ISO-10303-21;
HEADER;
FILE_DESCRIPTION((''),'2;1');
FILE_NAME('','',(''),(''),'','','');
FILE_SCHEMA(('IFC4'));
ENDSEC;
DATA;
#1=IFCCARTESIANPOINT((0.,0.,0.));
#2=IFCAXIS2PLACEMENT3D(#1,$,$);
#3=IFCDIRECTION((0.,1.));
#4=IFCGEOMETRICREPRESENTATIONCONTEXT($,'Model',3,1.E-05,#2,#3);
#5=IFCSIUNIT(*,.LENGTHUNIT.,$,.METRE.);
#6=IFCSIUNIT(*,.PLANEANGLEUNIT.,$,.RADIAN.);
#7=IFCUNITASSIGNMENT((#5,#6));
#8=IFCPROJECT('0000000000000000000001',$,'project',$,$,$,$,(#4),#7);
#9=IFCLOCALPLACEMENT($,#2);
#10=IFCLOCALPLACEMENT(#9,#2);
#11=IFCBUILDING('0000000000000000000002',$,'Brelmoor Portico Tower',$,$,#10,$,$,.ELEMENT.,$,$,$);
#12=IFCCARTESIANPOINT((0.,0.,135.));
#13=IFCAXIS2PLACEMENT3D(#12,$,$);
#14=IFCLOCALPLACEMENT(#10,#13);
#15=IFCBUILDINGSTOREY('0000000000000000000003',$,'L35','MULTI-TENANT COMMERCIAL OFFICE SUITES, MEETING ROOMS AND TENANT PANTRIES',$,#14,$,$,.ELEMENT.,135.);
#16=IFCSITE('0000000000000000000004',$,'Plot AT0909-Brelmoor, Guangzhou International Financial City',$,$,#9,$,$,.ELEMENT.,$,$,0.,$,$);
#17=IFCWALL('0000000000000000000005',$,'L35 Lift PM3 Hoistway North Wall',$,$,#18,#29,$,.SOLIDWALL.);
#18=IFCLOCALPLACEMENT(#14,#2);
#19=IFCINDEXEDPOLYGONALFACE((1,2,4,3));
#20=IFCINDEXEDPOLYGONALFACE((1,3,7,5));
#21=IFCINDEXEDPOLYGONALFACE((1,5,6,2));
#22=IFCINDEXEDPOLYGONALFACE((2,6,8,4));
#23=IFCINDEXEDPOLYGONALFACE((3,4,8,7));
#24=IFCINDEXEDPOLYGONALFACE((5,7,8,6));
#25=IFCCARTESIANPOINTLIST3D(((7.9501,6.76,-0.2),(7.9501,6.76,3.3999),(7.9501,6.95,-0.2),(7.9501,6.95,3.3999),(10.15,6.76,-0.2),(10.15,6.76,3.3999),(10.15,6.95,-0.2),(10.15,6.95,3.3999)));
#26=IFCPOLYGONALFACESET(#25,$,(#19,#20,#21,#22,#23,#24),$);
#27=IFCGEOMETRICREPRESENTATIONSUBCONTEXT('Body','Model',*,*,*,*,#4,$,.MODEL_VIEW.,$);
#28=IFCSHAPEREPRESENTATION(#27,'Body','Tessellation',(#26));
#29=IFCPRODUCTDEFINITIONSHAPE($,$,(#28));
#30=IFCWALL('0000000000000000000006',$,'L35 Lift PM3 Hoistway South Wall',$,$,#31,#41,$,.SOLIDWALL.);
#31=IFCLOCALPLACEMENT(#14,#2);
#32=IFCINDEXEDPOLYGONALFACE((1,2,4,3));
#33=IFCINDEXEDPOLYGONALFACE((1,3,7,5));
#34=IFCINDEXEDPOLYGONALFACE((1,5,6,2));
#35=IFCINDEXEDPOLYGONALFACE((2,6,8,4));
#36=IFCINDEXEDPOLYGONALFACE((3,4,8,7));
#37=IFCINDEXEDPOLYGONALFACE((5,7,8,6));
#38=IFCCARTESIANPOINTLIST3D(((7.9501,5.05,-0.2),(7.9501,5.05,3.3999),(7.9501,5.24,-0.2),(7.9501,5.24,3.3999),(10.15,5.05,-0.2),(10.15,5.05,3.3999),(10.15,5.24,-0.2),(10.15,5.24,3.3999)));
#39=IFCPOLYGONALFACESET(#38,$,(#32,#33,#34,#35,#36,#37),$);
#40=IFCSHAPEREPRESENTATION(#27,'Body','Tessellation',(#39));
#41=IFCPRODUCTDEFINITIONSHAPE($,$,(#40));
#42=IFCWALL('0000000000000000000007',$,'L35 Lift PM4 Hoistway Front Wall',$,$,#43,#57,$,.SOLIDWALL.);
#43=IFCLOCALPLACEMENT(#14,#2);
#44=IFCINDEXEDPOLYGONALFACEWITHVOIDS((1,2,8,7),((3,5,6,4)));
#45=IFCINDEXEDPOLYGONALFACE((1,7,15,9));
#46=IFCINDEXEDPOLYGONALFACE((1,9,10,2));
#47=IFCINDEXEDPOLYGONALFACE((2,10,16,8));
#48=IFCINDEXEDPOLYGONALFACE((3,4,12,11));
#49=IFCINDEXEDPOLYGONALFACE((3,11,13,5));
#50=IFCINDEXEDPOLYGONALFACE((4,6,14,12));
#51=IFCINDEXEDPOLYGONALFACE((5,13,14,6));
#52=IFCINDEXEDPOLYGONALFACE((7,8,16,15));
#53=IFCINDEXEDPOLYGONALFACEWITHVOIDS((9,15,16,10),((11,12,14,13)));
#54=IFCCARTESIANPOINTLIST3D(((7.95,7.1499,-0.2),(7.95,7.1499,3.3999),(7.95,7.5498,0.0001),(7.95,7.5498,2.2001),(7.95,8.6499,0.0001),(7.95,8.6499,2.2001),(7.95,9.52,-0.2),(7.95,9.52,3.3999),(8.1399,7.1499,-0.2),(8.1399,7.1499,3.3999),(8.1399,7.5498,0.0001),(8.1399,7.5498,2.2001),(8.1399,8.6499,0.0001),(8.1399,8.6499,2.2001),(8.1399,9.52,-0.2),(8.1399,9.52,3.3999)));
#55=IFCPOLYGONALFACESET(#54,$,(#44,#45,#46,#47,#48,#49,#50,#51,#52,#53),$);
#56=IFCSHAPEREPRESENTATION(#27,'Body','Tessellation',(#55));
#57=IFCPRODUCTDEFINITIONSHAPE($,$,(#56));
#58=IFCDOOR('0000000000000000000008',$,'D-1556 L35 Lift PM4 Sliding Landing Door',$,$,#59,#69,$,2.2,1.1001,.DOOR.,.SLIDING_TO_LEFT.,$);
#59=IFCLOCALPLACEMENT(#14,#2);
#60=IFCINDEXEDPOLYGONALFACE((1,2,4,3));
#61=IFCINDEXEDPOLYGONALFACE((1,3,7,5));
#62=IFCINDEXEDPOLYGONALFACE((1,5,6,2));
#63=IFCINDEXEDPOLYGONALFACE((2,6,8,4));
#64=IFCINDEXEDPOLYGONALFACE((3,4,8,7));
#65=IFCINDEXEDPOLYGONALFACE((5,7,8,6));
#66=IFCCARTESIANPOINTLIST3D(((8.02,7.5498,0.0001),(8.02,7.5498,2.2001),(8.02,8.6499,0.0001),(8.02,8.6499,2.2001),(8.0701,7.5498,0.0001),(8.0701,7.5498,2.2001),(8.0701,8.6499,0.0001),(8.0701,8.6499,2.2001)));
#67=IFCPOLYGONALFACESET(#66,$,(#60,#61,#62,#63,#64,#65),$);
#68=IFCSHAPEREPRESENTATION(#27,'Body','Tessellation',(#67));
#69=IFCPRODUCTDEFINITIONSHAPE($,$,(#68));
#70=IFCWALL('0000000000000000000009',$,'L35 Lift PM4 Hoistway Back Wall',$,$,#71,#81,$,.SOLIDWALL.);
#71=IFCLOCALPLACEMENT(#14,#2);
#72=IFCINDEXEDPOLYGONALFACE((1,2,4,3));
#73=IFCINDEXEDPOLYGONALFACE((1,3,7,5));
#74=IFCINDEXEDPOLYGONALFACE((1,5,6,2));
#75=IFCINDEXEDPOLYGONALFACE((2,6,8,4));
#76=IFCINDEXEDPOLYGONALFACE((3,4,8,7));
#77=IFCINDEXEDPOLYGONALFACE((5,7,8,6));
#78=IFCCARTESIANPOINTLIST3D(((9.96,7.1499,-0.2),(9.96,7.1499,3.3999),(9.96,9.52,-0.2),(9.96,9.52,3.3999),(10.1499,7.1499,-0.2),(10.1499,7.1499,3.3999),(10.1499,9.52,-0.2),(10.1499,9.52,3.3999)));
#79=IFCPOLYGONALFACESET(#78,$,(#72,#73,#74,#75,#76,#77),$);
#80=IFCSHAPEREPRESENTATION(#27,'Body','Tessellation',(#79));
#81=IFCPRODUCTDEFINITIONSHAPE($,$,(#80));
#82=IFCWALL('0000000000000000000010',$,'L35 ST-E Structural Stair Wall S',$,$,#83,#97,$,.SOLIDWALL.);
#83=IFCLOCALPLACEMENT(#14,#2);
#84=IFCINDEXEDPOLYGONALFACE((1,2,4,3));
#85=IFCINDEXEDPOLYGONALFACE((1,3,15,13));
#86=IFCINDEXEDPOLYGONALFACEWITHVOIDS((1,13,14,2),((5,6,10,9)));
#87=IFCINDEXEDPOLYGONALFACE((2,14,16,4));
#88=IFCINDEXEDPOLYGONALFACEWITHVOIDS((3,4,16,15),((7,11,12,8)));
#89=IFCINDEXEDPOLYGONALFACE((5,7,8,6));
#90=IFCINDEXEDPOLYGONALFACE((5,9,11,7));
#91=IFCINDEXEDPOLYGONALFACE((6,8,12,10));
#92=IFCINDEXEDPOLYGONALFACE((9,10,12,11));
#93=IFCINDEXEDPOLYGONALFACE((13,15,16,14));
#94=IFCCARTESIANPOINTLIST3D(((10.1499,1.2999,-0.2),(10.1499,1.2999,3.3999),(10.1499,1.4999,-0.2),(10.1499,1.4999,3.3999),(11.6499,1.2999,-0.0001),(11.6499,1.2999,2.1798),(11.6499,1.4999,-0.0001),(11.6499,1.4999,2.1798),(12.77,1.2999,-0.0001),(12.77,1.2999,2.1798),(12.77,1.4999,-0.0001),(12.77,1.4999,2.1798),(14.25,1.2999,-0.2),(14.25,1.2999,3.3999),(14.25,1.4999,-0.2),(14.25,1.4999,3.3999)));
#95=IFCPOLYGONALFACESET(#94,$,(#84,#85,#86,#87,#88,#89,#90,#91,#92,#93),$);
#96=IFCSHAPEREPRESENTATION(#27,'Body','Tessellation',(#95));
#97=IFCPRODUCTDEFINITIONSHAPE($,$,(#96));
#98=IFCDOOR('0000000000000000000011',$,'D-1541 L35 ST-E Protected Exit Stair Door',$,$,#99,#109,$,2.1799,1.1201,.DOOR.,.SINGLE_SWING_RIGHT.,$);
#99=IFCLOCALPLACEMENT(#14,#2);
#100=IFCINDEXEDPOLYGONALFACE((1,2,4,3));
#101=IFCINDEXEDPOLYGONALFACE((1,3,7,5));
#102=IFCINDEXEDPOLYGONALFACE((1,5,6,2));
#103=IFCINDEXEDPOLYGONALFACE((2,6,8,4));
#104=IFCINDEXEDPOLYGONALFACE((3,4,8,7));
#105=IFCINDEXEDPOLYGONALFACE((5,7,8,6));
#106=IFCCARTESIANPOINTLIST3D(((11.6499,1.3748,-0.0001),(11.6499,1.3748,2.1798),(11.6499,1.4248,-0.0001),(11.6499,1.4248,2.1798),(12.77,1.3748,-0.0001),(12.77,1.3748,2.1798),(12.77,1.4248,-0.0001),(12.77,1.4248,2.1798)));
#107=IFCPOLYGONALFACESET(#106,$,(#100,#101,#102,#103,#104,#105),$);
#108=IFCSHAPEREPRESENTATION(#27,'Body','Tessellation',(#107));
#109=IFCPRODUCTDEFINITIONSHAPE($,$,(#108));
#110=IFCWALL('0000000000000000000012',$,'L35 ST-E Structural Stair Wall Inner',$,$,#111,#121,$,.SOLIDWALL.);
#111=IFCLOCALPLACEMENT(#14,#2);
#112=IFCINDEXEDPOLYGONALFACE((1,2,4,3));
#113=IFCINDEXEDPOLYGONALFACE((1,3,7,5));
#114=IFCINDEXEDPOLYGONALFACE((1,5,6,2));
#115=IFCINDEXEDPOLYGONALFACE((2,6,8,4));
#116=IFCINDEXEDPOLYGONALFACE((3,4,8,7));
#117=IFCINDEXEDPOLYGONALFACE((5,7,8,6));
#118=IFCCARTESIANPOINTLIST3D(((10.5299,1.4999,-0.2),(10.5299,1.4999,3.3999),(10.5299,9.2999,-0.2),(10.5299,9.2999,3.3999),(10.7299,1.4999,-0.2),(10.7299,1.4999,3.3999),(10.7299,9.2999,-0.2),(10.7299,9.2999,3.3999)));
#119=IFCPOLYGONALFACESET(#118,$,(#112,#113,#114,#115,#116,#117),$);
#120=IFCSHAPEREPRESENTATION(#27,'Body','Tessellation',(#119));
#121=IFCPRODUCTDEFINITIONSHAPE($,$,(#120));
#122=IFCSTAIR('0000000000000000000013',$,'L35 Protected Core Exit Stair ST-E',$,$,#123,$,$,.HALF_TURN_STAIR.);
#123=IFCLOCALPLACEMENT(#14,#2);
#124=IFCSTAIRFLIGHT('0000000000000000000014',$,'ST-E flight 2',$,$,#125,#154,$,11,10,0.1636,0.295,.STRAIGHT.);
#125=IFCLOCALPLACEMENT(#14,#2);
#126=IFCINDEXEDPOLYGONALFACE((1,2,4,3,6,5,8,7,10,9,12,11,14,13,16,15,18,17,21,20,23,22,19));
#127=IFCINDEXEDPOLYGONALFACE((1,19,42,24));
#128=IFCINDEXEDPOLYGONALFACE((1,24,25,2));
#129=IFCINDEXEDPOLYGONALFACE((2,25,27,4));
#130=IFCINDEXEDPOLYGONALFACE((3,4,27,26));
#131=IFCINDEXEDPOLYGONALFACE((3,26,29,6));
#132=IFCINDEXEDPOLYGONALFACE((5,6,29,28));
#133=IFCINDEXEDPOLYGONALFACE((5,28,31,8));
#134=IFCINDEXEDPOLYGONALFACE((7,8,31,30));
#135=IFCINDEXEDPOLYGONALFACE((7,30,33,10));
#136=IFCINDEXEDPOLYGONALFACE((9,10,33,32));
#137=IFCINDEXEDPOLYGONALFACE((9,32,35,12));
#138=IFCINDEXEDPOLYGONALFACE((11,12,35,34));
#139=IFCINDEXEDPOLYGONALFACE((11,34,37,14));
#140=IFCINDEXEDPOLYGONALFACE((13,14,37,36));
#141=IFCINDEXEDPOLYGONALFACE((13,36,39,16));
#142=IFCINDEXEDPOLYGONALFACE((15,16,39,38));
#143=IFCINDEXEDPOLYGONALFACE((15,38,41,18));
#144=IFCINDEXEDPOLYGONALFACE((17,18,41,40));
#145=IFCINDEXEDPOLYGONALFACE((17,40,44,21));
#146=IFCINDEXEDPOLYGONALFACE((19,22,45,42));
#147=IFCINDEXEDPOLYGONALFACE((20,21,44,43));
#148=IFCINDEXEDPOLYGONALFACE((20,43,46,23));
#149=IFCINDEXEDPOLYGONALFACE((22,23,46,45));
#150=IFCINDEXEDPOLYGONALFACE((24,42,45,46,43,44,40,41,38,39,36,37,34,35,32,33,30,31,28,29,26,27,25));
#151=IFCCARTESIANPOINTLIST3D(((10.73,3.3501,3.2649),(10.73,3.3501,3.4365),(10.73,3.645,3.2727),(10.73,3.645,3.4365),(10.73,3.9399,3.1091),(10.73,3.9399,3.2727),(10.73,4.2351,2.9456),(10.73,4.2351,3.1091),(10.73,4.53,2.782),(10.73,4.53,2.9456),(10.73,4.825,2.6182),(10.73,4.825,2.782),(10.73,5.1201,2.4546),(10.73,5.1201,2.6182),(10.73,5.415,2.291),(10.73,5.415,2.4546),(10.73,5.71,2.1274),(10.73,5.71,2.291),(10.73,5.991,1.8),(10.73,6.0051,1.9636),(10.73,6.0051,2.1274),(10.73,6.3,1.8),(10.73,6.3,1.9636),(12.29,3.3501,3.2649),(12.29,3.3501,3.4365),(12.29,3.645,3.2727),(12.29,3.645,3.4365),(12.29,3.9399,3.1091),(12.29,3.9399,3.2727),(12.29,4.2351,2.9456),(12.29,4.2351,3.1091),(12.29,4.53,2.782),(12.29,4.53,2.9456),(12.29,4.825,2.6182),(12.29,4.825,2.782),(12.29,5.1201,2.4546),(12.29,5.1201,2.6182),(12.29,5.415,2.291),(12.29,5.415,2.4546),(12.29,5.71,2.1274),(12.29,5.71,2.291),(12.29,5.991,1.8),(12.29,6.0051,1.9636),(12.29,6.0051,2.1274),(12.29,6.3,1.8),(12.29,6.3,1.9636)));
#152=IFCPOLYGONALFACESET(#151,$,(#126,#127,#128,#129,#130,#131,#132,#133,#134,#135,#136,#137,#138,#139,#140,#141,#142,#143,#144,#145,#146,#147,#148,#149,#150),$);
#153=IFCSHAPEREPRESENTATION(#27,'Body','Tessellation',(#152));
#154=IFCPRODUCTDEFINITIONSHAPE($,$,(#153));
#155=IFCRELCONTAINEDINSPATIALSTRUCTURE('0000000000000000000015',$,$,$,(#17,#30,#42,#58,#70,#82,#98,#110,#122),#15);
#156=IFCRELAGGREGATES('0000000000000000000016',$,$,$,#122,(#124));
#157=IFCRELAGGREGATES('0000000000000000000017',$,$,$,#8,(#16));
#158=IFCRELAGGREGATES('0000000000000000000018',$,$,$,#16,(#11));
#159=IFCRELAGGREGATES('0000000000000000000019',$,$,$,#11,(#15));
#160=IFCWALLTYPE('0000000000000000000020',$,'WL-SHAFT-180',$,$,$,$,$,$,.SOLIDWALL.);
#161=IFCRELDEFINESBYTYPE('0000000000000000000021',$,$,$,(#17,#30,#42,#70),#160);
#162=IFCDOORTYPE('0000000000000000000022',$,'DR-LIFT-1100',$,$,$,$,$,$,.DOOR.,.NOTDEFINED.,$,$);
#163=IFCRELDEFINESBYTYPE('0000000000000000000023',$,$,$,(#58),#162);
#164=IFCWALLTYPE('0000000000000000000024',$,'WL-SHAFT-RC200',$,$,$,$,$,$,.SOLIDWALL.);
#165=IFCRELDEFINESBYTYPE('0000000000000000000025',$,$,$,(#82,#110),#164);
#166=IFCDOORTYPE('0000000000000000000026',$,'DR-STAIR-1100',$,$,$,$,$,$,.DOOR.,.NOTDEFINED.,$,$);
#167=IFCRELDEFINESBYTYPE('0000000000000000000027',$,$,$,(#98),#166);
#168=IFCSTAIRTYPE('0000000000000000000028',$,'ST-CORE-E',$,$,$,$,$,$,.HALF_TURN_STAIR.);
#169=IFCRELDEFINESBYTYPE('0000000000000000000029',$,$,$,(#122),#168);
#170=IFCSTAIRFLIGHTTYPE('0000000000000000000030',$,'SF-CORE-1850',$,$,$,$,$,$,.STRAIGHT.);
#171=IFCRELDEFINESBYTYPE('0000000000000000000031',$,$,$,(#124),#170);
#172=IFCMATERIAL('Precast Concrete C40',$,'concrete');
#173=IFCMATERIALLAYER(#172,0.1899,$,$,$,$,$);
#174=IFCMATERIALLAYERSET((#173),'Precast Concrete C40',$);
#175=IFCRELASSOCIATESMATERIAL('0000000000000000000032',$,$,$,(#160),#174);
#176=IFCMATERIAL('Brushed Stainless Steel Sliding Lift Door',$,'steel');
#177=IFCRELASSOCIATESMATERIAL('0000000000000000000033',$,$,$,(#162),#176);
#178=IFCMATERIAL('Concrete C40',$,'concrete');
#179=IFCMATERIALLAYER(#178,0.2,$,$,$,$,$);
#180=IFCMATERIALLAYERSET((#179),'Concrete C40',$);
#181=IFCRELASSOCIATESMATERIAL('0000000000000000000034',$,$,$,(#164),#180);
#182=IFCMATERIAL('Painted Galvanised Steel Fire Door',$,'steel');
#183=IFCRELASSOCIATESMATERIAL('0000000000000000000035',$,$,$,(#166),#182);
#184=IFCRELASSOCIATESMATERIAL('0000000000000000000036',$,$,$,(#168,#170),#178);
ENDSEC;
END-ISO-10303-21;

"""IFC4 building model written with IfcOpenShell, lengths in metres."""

from ifc_helpers import new_model, si_unit, direction, frame, frame_2d, origin, place, context, subcontext, project, spatial, polyline, rectangle, outline, extrude, material, layer, layer_set, type_object, element, fill, aggregate, save


model = new_model("IFC4")

# Units and contexts
model_context = context("Model", 3, precision=1e-05, world=origin(), true_north=direction((0.0, 1.0)))
body_context = subcontext(model_context, "Body", "Model", "MODEL_VIEW")
ifc_project = project(units=[si_unit("LENGTHUNIT", "METRE"), si_unit("PLANEANGLEUNIT", "RADIAN")], contexts=[model_context])

# Site, building, storey
site_placement = place(None, origin())
site = spatial("IfcSite", under=ifc_project, at=site_placement, Name="Plot AT0909-Brelmoor, Guangzhou International Financial City", CompositionType="ELEMENT", RefElevation=0.0)
building_placement = place(site_placement, origin())
building = spatial("IfcBuilding", under=site, at=building_placement, Name="Brelmoor Portico Tower", CompositionType="ELEMENT")
storey_placement = place(building_placement, frame((0.0, 0.0, 135.0)))
storey = spatial("IfcBuildingStorey", under=building, at=storey_placement, Name="L35", Description="MULTI-TENANT COMMERCIAL OFFICE SUITES, MEETING ROOMS AND TENANT PANTRIES", CompositionType="ELEMENT", Elevation=135.0)

# Shared definitions
ifc_material_1 = material(Name="Precast Concrete C40", Category="concrete")
ifc_layer_1 = layer(ifc_material_1, 0.1899)
ifc_layer_set_1 = layer_set([ifc_layer_1], Name="Precast Concrete C40")
wall_type_1 = type_object("IfcWallType", Name="WL-SHAFT-180", PredefinedType="SOLIDWALL", material=ifc_layer_set_1)
ifc_material_2 = material(Name="Brushed Stainless Steel Sliding Lift Door", Category="steel")
door_type_1 = type_object("IfcDoorType", Name="DR-LIFT-1100", OperationType="NOTDEFINED", PredefinedType="DOOR", material=ifc_material_2)

# Walls
for number, where, z_axis, x_axis, name in (
    (1, (7.95, 6.855, -0.2), (0.0, 0.0, 1.0), (1.0, 0.0, 0.0), "L35 Lift PM3 Hoistway North Wall"),
    (2, (7.95, 5.145, -0.2), (0.0, 0.0, 1.0), (1.0, 0.0, 0.0), "L35 Lift PM3 Hoistway South Wall"),
):
    element("IfcWall", number, at=place(storey_placement, frame(where, z_axis=z_axis, x_axis=x_axis)), inside=storey, type_object=wall_type_1, Name=name, PredefinedType="SOLIDWALL", context=body_context, shape_type="SweptSolid", body=[
        extrude(rectangle(XDim=2.2, YDim=0.1899, at=frame_2d((1.1001, 0.0))), origin(), (0.0, 0.0, 1.0), 3.5999),
    ])

# Wall, opening, door
wall_1_placement = place(storey_placement, frame((8.0449, 7.1499, -0.2), z_axis=(0.0, 0.0, 1.0), x_axis=(0.0, 1.0, 0.0)))
wall_1 = element("IfcWall", 3, at=wall_1_placement, inside=storey, type_object=wall_type_1, Name="L35 Lift PM4 Hoistway Front Wall", PredefinedType="SOLIDWALL", context=body_context, shape_type="SweptSolid", body=[
    extrude(rectangle(XDim=2.3701, YDim=0.1899, at=frame_2d((1.1851, 0.0))), origin(), (0.0, 0.0, 1.0), 3.5999),
])
opening_1_placement = place(wall_1_placement, frame((0.3999, 0.0, 0.2)))
opening_1 = element("IfcOpeningElement", 4, at=opening_1_placement, cuts=wall_1, PredefinedType="OPENING", context=body_context, shape_type="SweptSolid", body=[
    extrude(rectangle(XDim=1.1001, YDim=2.2, at=frame_2d((0.55, 1.1001))), frame((0.0, 0.105, 0.0), z_axis=(0.0, -1.0, 0.0), x_axis=(1.0, 0.0, 0.0)), (0.0, 0.0, 1.0), 0.21),
])
door_1_placement = place(opening_1_placement, origin())
door_1 = element("IfcDoor", 5, at=door_1_placement, inside=storey, type_object=door_type_1, Name="D-1556 L35 Lift PM4 Sliding Landing Door", OperationType="SLIDING_TO_LEFT", OverallHeight=2.2, OverallWidth=1.1001, PredefinedType="DOOR", context=body_context, shape_type="SweptSolid", body=[
    extrude(rectangle(XDim=1.1001, YDim=2.2, at=frame_2d((0.55, 1.1001))), frame((0.0, 0.0249, 0.0), z_axis=(0.0, -1.0, 0.0), x_axis=(1.0, 0.0, 0.0)), (0.0, 0.0, 1.0), 0.05),
])
fill(opening_1, door_1)

# Wall
wall_2_placement = place(storey_placement, frame((10.0549, 7.1499, -0.2), z_axis=(0.0, 0.0, 1.0), x_axis=(0.0, 1.0, 0.0)))
element("IfcWall", 6, at=wall_2_placement, inside=storey, type_object=wall_type_1, Name="L35 Lift PM4 Hoistway Back Wall", PredefinedType="SOLIDWALL", context=body_context, shape_type="SweptSolid", body=[
    extrude(rectangle(XDim=2.3701, YDim=0.1899, at=frame_2d((1.1851, 0.0))), origin(), (0.0, 0.0, 1.0), 3.5999),
])

# Wall, opening, door
ifc_material_3 = material(Name="Concrete C40", Category="concrete")
ifc_layer_2 = layer(ifc_material_3, 0.2)
ifc_layer_set_2 = layer_set([ifc_layer_2], Name="Concrete C40")
wall_type_2 = type_object("IfcWallType", Name="WL-SHAFT-RC200", PredefinedType="SOLIDWALL", material=ifc_layer_set_2)
wall_3_placement = place(storey_placement, frame((10.1499, 1.3999, -0.2), z_axis=(0.0, 0.0, 1.0), x_axis=(1.0, 0.0, 0.0)))
wall_3 = element("IfcWall", 7, at=wall_3_placement, inside=storey, type_object=wall_type_2, Name="L35 ST-E Structural Stair Wall S", PredefinedType="SOLIDWALL", context=body_context, shape_type="SweptSolid", body=[
    extrude(rectangle(XDim=4.1001, YDim=0.2, at=frame_2d((2.05, 0.0))), origin(), (0.0, 0.0, 1.0), 3.5999),
])
opening_2_placement = place(wall_3_placement, frame((1.5, 0.0, 0.2)))
opening_2 = element("IfcOpeningElement", 8, at=opening_2_placement, cuts=wall_3, PredefinedType="OPENING", context=body_context, shape_type="SweptSolid", body=[
    extrude(rectangle(XDim=1.1201, YDim=2.1799, at=frame_2d((0.5601, 1.0898))), frame((0.0, 0.1099, 0.0), z_axis=(0.0, -1.0, 0.0), x_axis=(1.0, 0.0, 0.0)), (0.0, 0.0, 1.0), 0.22),
])
ifc_material_4 = material(Name="Painted Galvanised Steel Fire Door", Category="steel")
door_type_2 = type_object("IfcDoorType", Name="DR-STAIR-1100", OperationType="NOTDEFINED", PredefinedType="DOOR", material=ifc_material_4)
door_2_placement = place(opening_2_placement, origin())
door_2 = element("IfcDoor", 9, at=door_2_placement, inside=storey, type_object=door_type_2, Name="D-1541 L35 ST-E Protected Exit Stair Door", OperationType="SINGLE_SWING_RIGHT", OverallHeight=2.1799, OverallWidth=1.1201, PredefinedType="DOOR", context=body_context, shape_type="SweptSolid", body=[
    extrude(rectangle(XDim=1.1201, YDim=2.1799, at=frame_2d((0.5601, 1.0898))), frame((0.0, 0.0249, 0.0), z_axis=(0.0, -1.0, 0.0), x_axis=(1.0, 0.0, 0.0)), (0.0, 0.0, 1.0), 0.05),
])
fill(opening_2, door_2)

# Wall
wall_4_placement = place(storey_placement, frame((10.6299, 1.5, -0.2), z_axis=(0.0, 0.0, 1.0), x_axis=(0.0, 1.0, 0.0)))
element("IfcWall", 10, at=wall_4_placement, inside=storey, type_object=wall_type_2, Name="L35 ST-E Structural Stair Wall Inner", PredefinedType="SOLIDWALL", context=body_context, shape_type="SweptSolid", body=[
    extrude(rectangle(XDim=7.8, YDim=0.2, at=frame_2d((3.8999, 0.0))), origin(), (0.0, 0.0, 1.0), 3.5999),
])

# Stair, stair flight
stair_type = type_object("IfcStairType", Name="ST-CORE-E", PredefinedType="HALF_TURN_STAIR", material=ifc_material_3)
stair_placement = place(storey_placement, origin())
stair = element("IfcStair", 11, at=stair_placement, inside=storey, type_object=stair_type, Name="L35 Protected Core Exit Stair ST-E", PredefinedType="HALF_TURN_STAIR")
stair_flight_type = type_object("IfcStairFlightType", Name="SF-CORE-1850", PredefinedType="STRAIGHT", material=ifc_material_3)
stair_flight_placement = place(storey_placement, frame((11.51, 6.3, 1.8), z_axis=(0.0, 0.0, 1.0), x_axis=(0.0, -1.0, 0.0)))
stair_flight = element("IfcStairFlight", 12, at=stair_flight_placement, type_object=stair_flight_type, Name="ST-E flight 2", NumberOfRisers=11, NumberOfTreads=10, PredefinedType="STRAIGHT", RiserHeight=0.1636, TreadLength=0.295, context=body_context, shape_type="SweptSolid", body=[
    extrude(outline(polyline([(0.0, 0.0), (0.0, 0.1636), (0.2949, 0.1636), (0.2949, 0.3274), (0.5901, 0.3274), (0.5901, 0.491), (0.885, 0.491), (0.885, 0.6545), (1.1799, 0.6545), (1.1799, 0.8181), (1.4751, 0.8181), (1.4751, 0.9819), (1.77, 0.9819), (1.77, 1.1455), (2.0649, 1.1455), (2.0649, 1.3091), (2.3601, 1.3091), (2.3601, 1.4727), (2.655, 1.4727), (2.655, 1.6365), (2.95, 1.6365), (2.95, 1.8), (2.95, 1.4648), (0.3091, 0.0), (0.0, 0.0)])), frame((0.0, 0.78, 0.0), z_axis=(0.0, -1.0, 0.0), x_axis=(1.0, 0.0, 0.0)), (0.0, 0.0, 1.0), 1.5601),
])
aggregate(stair, [stair_flight])

save(model, "model.ifc")
